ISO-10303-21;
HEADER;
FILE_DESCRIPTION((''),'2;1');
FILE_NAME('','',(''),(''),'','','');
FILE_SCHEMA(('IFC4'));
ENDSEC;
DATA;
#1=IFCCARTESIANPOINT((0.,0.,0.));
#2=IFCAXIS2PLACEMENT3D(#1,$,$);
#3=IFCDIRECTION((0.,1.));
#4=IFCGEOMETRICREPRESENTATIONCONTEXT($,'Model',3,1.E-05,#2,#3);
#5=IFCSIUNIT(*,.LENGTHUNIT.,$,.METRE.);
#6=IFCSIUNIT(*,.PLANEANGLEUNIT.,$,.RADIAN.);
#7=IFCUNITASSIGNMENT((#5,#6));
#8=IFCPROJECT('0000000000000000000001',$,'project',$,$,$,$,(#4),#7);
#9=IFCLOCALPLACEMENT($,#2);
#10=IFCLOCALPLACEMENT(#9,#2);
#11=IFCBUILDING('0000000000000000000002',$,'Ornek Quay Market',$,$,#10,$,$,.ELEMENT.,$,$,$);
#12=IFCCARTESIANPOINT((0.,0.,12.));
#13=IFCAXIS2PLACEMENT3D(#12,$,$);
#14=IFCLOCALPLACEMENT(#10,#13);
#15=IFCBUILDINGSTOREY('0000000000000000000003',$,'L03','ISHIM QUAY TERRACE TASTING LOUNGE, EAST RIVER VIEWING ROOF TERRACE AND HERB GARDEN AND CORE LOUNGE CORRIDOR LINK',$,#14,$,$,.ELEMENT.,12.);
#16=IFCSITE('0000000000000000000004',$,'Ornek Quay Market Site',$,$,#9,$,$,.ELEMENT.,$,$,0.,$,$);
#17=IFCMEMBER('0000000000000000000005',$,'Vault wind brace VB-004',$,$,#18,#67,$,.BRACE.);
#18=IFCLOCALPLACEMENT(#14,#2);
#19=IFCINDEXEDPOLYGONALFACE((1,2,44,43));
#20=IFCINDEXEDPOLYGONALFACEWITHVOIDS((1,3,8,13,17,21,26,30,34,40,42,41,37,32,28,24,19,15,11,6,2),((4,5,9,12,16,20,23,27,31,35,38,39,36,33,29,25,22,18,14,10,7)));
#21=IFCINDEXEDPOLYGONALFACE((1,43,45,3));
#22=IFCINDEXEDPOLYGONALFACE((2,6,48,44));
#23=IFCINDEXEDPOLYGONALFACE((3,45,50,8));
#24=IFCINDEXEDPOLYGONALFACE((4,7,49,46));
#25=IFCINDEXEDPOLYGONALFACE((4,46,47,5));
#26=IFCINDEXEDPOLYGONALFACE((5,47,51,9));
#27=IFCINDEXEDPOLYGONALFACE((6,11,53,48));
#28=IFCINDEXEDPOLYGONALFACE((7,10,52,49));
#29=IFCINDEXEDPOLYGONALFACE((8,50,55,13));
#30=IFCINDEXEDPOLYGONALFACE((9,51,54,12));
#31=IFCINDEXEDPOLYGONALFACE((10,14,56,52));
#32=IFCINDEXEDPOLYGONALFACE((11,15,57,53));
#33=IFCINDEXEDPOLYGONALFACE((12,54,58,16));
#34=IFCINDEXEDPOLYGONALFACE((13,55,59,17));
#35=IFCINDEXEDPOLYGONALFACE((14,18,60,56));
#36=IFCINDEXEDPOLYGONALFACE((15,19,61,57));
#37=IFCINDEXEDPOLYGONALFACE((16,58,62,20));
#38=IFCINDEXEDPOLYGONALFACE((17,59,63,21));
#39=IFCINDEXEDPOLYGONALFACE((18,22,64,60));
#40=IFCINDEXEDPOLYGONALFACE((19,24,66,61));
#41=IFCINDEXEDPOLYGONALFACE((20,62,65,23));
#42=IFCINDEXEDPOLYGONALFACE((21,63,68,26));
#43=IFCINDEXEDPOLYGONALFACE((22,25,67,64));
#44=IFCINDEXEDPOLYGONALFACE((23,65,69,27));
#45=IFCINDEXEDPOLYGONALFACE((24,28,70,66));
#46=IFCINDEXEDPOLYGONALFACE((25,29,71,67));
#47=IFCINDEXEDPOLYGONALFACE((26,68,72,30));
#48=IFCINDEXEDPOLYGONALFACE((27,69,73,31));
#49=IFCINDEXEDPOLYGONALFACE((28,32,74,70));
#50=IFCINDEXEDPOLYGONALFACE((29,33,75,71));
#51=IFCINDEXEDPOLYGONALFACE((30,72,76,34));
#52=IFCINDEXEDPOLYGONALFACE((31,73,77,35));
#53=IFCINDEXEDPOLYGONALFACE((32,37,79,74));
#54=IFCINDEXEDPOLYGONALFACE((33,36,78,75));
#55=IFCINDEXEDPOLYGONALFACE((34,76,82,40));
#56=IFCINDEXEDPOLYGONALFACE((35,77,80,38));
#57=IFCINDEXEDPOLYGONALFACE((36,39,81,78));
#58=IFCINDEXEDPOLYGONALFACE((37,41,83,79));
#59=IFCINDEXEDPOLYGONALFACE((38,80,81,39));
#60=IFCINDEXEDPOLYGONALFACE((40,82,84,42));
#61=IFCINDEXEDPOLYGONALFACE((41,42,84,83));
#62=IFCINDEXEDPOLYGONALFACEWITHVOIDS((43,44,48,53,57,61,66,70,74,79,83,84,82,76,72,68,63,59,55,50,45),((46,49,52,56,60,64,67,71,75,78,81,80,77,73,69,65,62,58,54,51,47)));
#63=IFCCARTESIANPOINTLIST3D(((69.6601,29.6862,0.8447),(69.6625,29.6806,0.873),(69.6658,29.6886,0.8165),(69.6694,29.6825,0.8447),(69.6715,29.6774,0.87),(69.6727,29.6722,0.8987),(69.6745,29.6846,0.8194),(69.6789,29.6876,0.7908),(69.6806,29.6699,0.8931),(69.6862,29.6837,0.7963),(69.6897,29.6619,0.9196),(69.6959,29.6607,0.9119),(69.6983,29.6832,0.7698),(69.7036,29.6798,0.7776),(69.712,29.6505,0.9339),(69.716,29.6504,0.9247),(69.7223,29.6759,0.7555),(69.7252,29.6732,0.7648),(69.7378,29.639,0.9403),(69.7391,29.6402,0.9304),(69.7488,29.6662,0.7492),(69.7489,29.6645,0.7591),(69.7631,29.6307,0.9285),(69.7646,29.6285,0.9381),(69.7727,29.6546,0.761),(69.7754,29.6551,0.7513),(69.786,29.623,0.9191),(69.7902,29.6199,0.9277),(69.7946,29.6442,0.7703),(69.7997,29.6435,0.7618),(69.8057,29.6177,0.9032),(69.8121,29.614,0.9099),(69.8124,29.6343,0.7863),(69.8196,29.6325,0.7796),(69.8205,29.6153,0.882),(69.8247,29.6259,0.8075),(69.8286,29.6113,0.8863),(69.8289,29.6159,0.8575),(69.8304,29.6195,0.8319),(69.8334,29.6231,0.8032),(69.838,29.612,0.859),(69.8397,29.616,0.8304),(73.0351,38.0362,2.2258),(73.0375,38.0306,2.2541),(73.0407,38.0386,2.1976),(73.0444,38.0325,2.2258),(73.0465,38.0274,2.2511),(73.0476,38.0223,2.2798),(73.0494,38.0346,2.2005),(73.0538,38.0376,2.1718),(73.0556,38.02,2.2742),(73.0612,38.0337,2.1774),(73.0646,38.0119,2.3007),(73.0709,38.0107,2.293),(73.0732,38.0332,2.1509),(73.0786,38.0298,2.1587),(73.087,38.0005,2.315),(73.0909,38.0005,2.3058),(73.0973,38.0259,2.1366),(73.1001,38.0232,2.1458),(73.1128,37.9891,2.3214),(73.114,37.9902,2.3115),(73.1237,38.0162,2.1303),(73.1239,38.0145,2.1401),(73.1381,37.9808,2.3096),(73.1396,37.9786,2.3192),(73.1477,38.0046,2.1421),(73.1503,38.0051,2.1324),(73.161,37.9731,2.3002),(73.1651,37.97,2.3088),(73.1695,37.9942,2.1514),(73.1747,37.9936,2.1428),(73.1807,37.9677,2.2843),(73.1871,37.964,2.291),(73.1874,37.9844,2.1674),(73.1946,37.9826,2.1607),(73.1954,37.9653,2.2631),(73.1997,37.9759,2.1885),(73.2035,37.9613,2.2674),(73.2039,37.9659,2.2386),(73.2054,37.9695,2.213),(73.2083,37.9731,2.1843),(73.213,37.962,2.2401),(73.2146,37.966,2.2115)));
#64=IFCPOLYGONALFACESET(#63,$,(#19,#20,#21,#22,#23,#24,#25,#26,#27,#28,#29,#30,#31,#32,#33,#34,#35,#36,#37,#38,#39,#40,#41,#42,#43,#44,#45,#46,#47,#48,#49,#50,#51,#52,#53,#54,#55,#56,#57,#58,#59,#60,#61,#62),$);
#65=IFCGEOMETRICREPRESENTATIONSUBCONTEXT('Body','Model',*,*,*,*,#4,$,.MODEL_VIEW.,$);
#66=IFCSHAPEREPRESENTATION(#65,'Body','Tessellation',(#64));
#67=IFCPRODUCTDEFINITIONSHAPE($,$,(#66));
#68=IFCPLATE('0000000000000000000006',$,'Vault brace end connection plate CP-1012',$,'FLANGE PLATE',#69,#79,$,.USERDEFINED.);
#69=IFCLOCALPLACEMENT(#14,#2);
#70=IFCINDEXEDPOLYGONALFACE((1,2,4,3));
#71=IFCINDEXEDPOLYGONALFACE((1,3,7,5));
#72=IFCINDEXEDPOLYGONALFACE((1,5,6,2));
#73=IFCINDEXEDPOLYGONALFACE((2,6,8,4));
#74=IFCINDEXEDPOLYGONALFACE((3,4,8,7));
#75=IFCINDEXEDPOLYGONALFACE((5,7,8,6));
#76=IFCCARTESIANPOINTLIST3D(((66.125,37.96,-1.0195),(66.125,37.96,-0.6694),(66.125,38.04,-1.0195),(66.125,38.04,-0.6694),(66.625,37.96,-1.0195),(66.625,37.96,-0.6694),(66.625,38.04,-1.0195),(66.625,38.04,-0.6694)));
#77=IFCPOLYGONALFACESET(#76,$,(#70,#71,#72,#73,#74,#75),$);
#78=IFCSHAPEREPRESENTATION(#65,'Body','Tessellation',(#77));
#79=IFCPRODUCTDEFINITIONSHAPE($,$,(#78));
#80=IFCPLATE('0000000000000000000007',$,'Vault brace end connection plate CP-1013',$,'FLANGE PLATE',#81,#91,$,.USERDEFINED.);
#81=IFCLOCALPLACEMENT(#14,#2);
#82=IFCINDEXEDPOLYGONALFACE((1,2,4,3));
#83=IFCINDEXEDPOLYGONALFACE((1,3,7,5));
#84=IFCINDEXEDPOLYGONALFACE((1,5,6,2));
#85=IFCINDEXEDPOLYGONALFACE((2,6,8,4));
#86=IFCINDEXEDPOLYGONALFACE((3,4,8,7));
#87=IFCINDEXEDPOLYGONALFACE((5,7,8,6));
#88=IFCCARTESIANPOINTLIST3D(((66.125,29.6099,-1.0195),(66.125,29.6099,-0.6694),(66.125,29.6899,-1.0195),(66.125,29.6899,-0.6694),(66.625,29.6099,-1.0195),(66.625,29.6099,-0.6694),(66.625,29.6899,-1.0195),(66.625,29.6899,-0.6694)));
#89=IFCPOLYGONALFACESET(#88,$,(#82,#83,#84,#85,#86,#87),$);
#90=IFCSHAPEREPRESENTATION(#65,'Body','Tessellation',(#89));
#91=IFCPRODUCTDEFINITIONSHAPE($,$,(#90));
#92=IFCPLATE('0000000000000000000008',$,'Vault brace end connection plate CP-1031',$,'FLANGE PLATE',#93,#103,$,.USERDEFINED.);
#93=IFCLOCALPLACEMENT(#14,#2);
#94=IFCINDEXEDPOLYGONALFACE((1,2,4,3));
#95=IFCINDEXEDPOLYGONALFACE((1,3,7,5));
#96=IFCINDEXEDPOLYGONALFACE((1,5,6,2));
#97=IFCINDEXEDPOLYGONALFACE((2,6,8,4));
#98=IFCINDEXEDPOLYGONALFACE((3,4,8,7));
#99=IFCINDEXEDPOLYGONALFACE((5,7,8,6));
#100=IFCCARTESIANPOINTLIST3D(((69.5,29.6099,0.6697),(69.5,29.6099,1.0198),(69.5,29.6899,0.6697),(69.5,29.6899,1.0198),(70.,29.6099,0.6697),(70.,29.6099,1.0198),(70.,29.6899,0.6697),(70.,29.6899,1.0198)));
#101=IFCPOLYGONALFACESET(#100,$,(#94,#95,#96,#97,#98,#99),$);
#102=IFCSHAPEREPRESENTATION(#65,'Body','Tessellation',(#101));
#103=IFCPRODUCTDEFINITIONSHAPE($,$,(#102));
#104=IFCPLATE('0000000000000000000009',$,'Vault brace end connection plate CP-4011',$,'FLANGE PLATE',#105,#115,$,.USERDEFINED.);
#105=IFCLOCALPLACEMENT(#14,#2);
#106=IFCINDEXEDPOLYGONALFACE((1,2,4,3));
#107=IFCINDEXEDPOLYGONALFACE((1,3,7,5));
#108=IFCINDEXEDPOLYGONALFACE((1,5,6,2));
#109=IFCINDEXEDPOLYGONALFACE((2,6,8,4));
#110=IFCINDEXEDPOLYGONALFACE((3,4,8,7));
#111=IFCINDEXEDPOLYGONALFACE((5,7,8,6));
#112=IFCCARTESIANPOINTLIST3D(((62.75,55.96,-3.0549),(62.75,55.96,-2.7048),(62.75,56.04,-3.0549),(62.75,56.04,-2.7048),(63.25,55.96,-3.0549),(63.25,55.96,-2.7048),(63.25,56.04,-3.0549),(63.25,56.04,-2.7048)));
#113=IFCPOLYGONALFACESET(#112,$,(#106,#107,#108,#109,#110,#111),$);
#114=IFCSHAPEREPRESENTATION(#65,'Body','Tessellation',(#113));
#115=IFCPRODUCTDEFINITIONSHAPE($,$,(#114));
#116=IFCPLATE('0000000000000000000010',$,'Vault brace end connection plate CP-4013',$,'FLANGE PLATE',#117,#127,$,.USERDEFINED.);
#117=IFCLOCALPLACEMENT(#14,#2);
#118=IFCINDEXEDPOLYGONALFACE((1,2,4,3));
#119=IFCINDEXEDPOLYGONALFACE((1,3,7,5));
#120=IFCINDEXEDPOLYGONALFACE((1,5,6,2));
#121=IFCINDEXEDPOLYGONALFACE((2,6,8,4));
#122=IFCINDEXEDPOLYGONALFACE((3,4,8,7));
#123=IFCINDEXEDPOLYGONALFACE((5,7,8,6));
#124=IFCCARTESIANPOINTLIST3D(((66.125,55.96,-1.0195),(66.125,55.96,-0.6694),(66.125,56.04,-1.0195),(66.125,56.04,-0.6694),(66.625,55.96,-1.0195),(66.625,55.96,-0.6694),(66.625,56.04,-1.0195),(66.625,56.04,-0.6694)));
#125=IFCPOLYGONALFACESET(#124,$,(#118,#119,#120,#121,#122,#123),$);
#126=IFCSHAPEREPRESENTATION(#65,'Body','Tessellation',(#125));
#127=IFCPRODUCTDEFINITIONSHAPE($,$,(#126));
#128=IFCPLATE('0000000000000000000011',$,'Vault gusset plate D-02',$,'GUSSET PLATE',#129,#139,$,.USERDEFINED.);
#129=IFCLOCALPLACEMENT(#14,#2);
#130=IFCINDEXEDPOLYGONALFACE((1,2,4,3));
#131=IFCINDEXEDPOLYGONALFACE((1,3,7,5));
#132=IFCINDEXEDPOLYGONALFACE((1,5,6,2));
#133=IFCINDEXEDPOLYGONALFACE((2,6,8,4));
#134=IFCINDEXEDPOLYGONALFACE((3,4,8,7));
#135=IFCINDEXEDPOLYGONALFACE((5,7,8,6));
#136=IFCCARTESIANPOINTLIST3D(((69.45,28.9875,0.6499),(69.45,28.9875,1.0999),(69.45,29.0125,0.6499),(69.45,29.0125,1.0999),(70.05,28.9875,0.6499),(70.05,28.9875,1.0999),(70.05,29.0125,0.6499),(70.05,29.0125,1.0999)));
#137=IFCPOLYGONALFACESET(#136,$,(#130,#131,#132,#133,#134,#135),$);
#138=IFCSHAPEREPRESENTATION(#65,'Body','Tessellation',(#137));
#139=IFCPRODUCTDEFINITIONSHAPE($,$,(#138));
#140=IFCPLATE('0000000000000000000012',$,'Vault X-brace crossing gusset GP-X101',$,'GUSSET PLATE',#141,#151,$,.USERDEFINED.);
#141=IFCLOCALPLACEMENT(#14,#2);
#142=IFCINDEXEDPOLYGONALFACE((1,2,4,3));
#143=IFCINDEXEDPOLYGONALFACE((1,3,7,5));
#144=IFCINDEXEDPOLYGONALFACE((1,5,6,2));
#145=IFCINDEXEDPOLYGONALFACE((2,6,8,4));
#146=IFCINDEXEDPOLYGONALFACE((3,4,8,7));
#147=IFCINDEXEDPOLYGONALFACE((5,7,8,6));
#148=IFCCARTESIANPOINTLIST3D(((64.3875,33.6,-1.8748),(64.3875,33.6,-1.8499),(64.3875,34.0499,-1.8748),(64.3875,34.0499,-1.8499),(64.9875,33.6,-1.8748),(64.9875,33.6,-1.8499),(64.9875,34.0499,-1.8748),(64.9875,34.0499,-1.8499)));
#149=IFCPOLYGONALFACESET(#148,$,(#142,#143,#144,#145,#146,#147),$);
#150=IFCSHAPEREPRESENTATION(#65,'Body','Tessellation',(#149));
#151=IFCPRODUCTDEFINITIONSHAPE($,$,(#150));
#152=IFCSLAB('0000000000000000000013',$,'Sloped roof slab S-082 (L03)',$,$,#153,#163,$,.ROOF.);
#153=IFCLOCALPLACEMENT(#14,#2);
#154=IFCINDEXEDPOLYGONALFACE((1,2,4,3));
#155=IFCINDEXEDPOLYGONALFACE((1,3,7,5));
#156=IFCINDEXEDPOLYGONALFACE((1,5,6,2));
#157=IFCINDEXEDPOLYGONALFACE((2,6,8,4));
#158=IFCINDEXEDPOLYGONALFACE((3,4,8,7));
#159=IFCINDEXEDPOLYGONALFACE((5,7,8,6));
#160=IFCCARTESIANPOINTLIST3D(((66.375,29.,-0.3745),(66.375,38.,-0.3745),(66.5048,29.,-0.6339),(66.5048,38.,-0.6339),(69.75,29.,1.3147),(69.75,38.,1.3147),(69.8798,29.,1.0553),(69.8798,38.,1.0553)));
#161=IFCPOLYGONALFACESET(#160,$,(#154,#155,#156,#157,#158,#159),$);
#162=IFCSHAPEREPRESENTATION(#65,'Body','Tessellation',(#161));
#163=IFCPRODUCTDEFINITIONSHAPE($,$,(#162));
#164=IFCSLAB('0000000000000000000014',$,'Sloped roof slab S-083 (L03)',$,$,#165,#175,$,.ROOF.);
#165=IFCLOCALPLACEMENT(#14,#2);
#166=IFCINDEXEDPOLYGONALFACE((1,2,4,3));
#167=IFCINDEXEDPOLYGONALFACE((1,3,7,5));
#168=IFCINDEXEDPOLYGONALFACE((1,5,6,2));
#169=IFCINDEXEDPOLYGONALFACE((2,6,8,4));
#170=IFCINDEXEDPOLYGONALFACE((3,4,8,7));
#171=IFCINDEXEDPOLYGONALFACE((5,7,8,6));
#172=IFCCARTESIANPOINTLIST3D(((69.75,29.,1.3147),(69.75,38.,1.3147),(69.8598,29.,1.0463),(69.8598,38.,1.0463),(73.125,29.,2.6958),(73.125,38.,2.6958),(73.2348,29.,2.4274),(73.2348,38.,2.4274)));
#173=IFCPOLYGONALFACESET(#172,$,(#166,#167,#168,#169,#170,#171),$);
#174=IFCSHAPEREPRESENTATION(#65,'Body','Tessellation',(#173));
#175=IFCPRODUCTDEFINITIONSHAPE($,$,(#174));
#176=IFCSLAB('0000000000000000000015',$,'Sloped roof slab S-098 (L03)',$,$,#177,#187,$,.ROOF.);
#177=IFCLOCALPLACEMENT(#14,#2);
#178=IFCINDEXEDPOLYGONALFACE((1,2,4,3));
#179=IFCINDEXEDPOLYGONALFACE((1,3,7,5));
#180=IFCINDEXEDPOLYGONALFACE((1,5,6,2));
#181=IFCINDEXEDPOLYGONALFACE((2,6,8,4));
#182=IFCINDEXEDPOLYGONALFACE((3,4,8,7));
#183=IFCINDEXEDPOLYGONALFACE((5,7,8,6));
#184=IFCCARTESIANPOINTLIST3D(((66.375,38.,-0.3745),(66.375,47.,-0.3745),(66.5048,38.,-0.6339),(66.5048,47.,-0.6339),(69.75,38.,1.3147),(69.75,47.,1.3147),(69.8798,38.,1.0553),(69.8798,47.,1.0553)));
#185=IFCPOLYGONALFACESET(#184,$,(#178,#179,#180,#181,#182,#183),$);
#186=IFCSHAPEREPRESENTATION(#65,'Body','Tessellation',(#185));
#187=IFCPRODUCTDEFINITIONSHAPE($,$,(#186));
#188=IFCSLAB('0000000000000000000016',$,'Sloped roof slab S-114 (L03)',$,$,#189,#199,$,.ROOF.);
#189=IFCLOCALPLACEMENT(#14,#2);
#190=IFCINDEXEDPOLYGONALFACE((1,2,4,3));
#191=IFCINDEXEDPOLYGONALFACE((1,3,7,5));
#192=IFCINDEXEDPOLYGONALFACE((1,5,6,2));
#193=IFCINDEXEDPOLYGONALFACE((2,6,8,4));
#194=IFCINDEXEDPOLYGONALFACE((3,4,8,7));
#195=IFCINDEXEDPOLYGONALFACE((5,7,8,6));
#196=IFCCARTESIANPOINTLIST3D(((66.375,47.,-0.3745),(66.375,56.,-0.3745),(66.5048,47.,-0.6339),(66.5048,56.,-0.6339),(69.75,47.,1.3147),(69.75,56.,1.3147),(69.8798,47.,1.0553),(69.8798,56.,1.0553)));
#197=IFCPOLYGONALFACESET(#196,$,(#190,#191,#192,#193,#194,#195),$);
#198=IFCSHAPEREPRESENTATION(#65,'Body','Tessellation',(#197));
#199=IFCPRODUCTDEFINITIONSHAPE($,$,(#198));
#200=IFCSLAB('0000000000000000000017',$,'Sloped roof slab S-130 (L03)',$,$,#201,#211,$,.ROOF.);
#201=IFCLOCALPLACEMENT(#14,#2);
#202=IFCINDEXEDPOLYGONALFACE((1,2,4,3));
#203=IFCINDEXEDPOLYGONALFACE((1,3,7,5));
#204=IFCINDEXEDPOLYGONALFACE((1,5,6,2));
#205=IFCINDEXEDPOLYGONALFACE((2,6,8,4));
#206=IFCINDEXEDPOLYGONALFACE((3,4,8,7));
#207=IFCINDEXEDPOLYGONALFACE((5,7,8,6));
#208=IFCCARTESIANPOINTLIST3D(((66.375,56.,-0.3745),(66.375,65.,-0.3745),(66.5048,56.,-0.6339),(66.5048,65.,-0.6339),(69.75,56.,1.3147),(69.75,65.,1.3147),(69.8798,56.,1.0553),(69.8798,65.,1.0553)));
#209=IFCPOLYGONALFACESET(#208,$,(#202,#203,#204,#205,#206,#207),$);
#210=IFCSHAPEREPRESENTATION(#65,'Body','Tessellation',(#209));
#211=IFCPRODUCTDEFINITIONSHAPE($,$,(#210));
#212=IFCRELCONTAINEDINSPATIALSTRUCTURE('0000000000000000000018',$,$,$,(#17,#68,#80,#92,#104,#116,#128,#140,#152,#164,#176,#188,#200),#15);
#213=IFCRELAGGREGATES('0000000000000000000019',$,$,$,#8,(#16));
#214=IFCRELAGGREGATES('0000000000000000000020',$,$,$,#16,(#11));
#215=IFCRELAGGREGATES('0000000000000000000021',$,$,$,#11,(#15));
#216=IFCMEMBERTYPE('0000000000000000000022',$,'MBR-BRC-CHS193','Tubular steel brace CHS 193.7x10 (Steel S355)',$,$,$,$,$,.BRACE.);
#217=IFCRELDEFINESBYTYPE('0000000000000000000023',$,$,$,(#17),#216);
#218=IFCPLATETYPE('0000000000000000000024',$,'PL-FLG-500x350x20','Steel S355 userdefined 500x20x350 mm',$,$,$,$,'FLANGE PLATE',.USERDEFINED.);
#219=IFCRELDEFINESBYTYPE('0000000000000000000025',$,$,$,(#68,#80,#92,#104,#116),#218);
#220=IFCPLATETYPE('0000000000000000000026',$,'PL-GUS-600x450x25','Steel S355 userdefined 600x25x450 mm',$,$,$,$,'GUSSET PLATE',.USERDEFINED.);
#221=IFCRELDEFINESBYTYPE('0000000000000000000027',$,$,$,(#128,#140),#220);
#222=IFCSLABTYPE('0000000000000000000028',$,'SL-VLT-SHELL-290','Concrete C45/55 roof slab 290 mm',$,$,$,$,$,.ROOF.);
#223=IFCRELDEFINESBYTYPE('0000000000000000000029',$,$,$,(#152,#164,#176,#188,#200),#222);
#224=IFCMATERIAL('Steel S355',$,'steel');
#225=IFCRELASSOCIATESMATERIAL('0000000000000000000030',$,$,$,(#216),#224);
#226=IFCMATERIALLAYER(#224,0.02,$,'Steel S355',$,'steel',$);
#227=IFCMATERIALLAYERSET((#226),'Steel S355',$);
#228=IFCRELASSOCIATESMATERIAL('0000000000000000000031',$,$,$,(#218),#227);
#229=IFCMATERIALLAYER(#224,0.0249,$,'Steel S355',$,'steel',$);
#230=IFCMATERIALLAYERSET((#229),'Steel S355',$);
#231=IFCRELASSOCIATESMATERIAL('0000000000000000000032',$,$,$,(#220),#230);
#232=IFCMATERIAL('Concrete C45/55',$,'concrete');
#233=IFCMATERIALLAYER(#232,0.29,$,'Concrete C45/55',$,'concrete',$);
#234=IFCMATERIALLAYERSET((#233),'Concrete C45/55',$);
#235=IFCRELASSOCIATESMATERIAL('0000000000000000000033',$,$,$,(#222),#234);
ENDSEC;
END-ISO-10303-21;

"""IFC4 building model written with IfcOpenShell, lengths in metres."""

from ifc_helpers import new_model, si_unit, direction, frame, origin, origin_2d, place, context, subcontext, project, spatial, polyline, rectangle, hollow_circle, outline, extrude, material, layer, layer_set, material_profile, profile_set, type_object, element, save


model = new_model("IFC4")

# Units and contexts
model_context = context("Model", 3, precision=1e-05, world=origin(), true_north=direction((0.0, 1.0)))
body_context = subcontext(model_context, "Body", "Model", "MODEL_VIEW")
ifc_project = project(units=[si_unit("LENGTHUNIT", "METRE"), si_unit("PLANEANGLEUNIT", "RADIAN")], contexts=[model_context])

# Site, building, storey
site_placement = place(None, origin())
site = spatial("IfcSite", under=ifc_project, at=site_placement, Name="Ornek Quay Market Site", CompositionType="ELEMENT", RefElevation=0.0)
building_placement = place(site_placement, origin())
building = spatial("IfcBuilding", under=site, at=building_placement, Name="Ornek Quay Market", CompositionType="ELEMENT")
storey_placement = place(building_placement, frame((0.0, 0.0, 12.0)))
storey = spatial("IfcBuildingStorey", under=building, at=storey_placement, Name="L03", Description="ISHIM QUAY TERRACE TASTING LOUNGE, EAST RIVER VIEWING ROOF TERRACE AND HERB GARDEN AND CORE LOUNGE CORRIDOR LINK", CompositionType="ELEMENT", Elevation=12.0)

# Shared definitions
ifc_material_1 = material(Name="Concrete C45/55", Category="concrete")
ifc_material_2 = material(Name="Steel S355", Category="steel")

# Member
ifc_material_profile_1 = material_profile(ifc_material_2, hollow_circle(Radius=0.0969, WallThickness=0.01, at=origin_2d()), Name="CHS 193.7x10", Category="steel")
ifc_profile_set_1 = profile_set([ifc_material_profile_1], Name="Steel S355")
member_type_1 = type_object("IfcMemberType", Name="MBR-BRC-CHS193", Description="Tubular steel brace CHS 193.7x10 (Steel S355)", PredefinedType="BRACE", material=ifc_profile_set_1)
member_1_placement = place(storey_placement, frame((69.75, 29.6499, 0.8447), z_axis=(0.370405, 0.91642, 0.151576), x_axis=(-0.927132, 0.374735, 0.0)))
element("IfcMember", 1, at=member_1_placement, inside=storey, type_object=member_type_1, Name="Vault wind brace VB-004", PredefinedType="BRACE", context=body_context, shape_type="SweptSolid", body=[
    extrude(hollow_circle(Radius=0.0969, WallThickness=0.01, at=origin_2d()), origin(), (0.0, 0.0, 1.0), 9.1116),
])

# Plates
ifc_layer_1 = layer(ifc_material_2, 0.02, Name="Steel S355", Category="steel")
ifc_layer_set_1 = layer_set([ifc_layer_1], Name="Steel S355")
plate_type_1 = type_object("IfcPlateType", Name="PL-FLG-500x350x20", Description="Steel S355 userdefined 500x20x350 mm", ElementType="FLANGE PLATE", PredefinedType="USERDEFINED", material=ifc_layer_set_1)
for number, where, z_axis, x_axis, name in (
    (2, (66.375, 38.0, -1.0195), (0.0, 0.0, 1.0), (1.0, 0.0, 0.0), "Vault brace end connection plate CP-1012"),
    (3, (66.375, 29.6499, -1.0195), (0.0, 0.0, 1.0), (1.0, 0.0, 0.0), "Vault brace end connection plate CP-1013"),
    (4, (69.75, 29.6499, 0.6697), (0.0, 0.0, 1.0), (1.0, 0.0, 0.0), "Vault brace end connection plate CP-1031"),
    (5, (63.0, 56.0, -3.0549), (0.0, 0.0, 1.0), (1.0, 0.0, 0.0), "Vault brace end connection plate CP-4011"),
    (6, (66.375, 56.0, -1.0195), (0.0, 0.0, 1.0), (1.0, 0.0, 0.0), "Vault brace end connection plate CP-4013"),
):
    element("IfcPlate", number, at=place(storey_placement, frame(where, z_axis=z_axis, x_axis=x_axis)), inside=storey, type_object=plate_type_1, Name=name, ObjectType="FLANGE PLATE", PredefinedType="USERDEFINED", context=body_context, shape_type="SweptSolid", body=[
        extrude(rectangle(XDim=0.5, YDim=0.0801, at=origin_2d()), origin(), (0.0, 0.0, 1.0), 0.3501),
    ])
ifc_layer_2 = layer(ifc_material_2, 0.0249, Name="Steel S355", Category="steel")
ifc_layer_set_2 = layer_set([ifc_layer_2], Name="Steel S355")
plate_type_2 = type_object("IfcPlateType", Name="PL-GUS-600x450x25", Description="Steel S355 userdefined 600x25x450 mm", ElementType="GUSSET PLATE", PredefinedType="USERDEFINED", material=ifc_layer_set_2)
plate_1_placement = place(storey_placement, frame((69.75, 29.0, 0.6499), z_axis=(0.0, 0.0, 1.0), x_axis=(1.0, 0.0, 0.0)))
element("IfcPlate", 7, at=plate_1_placement, inside=storey, type_object=plate_type_2, Name="Vault gusset plate D-02", ObjectType="GUSSET PLATE", PredefinedType="USERDEFINED", context=body_context, shape_type="SweptSolid", body=[
    extrude(rectangle(XDim=0.6001, YDim=0.0249, at=origin_2d()), origin(), (0.0, 0.0, 1.0), 0.45),
])
plate_2_placement = place(storey_placement, frame((64.6875, 33.825, -1.8748), z_axis=(0.0, 0.0, 1.0), x_axis=(1.0, 0.0, 0.0)))
element("IfcPlate", 8, at=plate_2_placement, inside=storey, type_object=plate_type_2, Name="Vault X-brace crossing gusset GP-X101", ObjectType="GUSSET PLATE", PredefinedType="USERDEFINED", context=body_context, shape_type="SweptSolid", body=[
    extrude(rectangle(XDim=0.6001, YDim=0.45, at=origin_2d()), origin(), (0.0, 0.0, 1.0), 0.0249),
])

# Slabs
ifc_layer_3 = layer(ifc_material_1, 0.29, Name="Concrete C45/55", Category="concrete")
ifc_layer_set_3 = layer_set([ifc_layer_3], Name="Concrete C45/55")
slab_type = type_object("IfcSlabType", Name="SL-VLT-SHELL-290", Description="Concrete C45/55 roof slab 290 mm", PredefinedType="ROOF", material=ifc_layer_set_3)
slab_1_placement = place(storey_placement, frame((66.375, 29.0, -0.3745), z_axis=(-0.447576, 0.0, 0.894246), x_axis=(0.894246, 0.0, 0.447576)))
element("IfcSlab", 9, at=slab_1_placement, inside=storey, type_object=slab_type, Name="Sloped roof slab S-082 (L03)", PredefinedType="ROOF", context=body_context, shape_type="SweptSolid", body=[
    extrude(outline(polyline([(0.0, 0.0), (3.7741, 0.0), (3.7741, 9.0), (0.0, 9.0), (0.0, 0.0)])), origin(), (0.0, 0.0, -1.0), 0.29),
])
slab_2_placement = place(storey_placement, frame((69.75, 29.0, 1.3147), z_axis=(-0.378732, 0.0, 0.925506), x_axis=(0.925506, 0.0, 0.378732)))
element("IfcSlab", 10, at=slab_2_placement, inside=storey, type_object=slab_type, Name="Sloped roof slab S-083 (L03)", PredefinedType="ROOF", context=body_context, shape_type="SweptSolid", body=[
    extrude(outline(polyline([(0.0, 0.0), (3.6467, 0.0), (3.6467, 9.0), (0.0, 9.0), (0.0, 0.0)])), origin(), (0.0, 0.0, -1.0), 0.29),
])
for number, where, z_axis, x_axis, name in (
    (11, (66.375, 38.0, -0.3745), (-0.447576, 0.0, 0.894246), (0.894246, 0.0, 0.447576), "Sloped roof slab S-098 (L03)"),
    (12, (66.375, 47.0, -0.3745), (-0.447576, 0.0, 0.894246), (0.894246, 0.0, 0.447576), "Sloped roof slab S-114 (L03)"),
    (13, (66.375, 56.0, -0.3745), (-0.447576, 0.0, 0.894246), (0.894246, 0.0, 0.447576), "Sloped roof slab S-130 (L03)"),
):
    element("IfcSlab", number, at=place(storey_placement, frame(where, z_axis=z_axis, x_axis=x_axis)), inside=storey, type_object=slab_type, Name=name, PredefinedType="ROOF", context=body_context, shape_type="SweptSolid", body=[
        extrude(outline(polyline([(0.0, 0.0), (3.7741, 0.0), (3.7741, 9.0), (0.0, 9.0), (0.0, 0.0)])), origin(), (0.0, 0.0, -1.0), 0.29),
    ])

save(model, "model.ifc")
